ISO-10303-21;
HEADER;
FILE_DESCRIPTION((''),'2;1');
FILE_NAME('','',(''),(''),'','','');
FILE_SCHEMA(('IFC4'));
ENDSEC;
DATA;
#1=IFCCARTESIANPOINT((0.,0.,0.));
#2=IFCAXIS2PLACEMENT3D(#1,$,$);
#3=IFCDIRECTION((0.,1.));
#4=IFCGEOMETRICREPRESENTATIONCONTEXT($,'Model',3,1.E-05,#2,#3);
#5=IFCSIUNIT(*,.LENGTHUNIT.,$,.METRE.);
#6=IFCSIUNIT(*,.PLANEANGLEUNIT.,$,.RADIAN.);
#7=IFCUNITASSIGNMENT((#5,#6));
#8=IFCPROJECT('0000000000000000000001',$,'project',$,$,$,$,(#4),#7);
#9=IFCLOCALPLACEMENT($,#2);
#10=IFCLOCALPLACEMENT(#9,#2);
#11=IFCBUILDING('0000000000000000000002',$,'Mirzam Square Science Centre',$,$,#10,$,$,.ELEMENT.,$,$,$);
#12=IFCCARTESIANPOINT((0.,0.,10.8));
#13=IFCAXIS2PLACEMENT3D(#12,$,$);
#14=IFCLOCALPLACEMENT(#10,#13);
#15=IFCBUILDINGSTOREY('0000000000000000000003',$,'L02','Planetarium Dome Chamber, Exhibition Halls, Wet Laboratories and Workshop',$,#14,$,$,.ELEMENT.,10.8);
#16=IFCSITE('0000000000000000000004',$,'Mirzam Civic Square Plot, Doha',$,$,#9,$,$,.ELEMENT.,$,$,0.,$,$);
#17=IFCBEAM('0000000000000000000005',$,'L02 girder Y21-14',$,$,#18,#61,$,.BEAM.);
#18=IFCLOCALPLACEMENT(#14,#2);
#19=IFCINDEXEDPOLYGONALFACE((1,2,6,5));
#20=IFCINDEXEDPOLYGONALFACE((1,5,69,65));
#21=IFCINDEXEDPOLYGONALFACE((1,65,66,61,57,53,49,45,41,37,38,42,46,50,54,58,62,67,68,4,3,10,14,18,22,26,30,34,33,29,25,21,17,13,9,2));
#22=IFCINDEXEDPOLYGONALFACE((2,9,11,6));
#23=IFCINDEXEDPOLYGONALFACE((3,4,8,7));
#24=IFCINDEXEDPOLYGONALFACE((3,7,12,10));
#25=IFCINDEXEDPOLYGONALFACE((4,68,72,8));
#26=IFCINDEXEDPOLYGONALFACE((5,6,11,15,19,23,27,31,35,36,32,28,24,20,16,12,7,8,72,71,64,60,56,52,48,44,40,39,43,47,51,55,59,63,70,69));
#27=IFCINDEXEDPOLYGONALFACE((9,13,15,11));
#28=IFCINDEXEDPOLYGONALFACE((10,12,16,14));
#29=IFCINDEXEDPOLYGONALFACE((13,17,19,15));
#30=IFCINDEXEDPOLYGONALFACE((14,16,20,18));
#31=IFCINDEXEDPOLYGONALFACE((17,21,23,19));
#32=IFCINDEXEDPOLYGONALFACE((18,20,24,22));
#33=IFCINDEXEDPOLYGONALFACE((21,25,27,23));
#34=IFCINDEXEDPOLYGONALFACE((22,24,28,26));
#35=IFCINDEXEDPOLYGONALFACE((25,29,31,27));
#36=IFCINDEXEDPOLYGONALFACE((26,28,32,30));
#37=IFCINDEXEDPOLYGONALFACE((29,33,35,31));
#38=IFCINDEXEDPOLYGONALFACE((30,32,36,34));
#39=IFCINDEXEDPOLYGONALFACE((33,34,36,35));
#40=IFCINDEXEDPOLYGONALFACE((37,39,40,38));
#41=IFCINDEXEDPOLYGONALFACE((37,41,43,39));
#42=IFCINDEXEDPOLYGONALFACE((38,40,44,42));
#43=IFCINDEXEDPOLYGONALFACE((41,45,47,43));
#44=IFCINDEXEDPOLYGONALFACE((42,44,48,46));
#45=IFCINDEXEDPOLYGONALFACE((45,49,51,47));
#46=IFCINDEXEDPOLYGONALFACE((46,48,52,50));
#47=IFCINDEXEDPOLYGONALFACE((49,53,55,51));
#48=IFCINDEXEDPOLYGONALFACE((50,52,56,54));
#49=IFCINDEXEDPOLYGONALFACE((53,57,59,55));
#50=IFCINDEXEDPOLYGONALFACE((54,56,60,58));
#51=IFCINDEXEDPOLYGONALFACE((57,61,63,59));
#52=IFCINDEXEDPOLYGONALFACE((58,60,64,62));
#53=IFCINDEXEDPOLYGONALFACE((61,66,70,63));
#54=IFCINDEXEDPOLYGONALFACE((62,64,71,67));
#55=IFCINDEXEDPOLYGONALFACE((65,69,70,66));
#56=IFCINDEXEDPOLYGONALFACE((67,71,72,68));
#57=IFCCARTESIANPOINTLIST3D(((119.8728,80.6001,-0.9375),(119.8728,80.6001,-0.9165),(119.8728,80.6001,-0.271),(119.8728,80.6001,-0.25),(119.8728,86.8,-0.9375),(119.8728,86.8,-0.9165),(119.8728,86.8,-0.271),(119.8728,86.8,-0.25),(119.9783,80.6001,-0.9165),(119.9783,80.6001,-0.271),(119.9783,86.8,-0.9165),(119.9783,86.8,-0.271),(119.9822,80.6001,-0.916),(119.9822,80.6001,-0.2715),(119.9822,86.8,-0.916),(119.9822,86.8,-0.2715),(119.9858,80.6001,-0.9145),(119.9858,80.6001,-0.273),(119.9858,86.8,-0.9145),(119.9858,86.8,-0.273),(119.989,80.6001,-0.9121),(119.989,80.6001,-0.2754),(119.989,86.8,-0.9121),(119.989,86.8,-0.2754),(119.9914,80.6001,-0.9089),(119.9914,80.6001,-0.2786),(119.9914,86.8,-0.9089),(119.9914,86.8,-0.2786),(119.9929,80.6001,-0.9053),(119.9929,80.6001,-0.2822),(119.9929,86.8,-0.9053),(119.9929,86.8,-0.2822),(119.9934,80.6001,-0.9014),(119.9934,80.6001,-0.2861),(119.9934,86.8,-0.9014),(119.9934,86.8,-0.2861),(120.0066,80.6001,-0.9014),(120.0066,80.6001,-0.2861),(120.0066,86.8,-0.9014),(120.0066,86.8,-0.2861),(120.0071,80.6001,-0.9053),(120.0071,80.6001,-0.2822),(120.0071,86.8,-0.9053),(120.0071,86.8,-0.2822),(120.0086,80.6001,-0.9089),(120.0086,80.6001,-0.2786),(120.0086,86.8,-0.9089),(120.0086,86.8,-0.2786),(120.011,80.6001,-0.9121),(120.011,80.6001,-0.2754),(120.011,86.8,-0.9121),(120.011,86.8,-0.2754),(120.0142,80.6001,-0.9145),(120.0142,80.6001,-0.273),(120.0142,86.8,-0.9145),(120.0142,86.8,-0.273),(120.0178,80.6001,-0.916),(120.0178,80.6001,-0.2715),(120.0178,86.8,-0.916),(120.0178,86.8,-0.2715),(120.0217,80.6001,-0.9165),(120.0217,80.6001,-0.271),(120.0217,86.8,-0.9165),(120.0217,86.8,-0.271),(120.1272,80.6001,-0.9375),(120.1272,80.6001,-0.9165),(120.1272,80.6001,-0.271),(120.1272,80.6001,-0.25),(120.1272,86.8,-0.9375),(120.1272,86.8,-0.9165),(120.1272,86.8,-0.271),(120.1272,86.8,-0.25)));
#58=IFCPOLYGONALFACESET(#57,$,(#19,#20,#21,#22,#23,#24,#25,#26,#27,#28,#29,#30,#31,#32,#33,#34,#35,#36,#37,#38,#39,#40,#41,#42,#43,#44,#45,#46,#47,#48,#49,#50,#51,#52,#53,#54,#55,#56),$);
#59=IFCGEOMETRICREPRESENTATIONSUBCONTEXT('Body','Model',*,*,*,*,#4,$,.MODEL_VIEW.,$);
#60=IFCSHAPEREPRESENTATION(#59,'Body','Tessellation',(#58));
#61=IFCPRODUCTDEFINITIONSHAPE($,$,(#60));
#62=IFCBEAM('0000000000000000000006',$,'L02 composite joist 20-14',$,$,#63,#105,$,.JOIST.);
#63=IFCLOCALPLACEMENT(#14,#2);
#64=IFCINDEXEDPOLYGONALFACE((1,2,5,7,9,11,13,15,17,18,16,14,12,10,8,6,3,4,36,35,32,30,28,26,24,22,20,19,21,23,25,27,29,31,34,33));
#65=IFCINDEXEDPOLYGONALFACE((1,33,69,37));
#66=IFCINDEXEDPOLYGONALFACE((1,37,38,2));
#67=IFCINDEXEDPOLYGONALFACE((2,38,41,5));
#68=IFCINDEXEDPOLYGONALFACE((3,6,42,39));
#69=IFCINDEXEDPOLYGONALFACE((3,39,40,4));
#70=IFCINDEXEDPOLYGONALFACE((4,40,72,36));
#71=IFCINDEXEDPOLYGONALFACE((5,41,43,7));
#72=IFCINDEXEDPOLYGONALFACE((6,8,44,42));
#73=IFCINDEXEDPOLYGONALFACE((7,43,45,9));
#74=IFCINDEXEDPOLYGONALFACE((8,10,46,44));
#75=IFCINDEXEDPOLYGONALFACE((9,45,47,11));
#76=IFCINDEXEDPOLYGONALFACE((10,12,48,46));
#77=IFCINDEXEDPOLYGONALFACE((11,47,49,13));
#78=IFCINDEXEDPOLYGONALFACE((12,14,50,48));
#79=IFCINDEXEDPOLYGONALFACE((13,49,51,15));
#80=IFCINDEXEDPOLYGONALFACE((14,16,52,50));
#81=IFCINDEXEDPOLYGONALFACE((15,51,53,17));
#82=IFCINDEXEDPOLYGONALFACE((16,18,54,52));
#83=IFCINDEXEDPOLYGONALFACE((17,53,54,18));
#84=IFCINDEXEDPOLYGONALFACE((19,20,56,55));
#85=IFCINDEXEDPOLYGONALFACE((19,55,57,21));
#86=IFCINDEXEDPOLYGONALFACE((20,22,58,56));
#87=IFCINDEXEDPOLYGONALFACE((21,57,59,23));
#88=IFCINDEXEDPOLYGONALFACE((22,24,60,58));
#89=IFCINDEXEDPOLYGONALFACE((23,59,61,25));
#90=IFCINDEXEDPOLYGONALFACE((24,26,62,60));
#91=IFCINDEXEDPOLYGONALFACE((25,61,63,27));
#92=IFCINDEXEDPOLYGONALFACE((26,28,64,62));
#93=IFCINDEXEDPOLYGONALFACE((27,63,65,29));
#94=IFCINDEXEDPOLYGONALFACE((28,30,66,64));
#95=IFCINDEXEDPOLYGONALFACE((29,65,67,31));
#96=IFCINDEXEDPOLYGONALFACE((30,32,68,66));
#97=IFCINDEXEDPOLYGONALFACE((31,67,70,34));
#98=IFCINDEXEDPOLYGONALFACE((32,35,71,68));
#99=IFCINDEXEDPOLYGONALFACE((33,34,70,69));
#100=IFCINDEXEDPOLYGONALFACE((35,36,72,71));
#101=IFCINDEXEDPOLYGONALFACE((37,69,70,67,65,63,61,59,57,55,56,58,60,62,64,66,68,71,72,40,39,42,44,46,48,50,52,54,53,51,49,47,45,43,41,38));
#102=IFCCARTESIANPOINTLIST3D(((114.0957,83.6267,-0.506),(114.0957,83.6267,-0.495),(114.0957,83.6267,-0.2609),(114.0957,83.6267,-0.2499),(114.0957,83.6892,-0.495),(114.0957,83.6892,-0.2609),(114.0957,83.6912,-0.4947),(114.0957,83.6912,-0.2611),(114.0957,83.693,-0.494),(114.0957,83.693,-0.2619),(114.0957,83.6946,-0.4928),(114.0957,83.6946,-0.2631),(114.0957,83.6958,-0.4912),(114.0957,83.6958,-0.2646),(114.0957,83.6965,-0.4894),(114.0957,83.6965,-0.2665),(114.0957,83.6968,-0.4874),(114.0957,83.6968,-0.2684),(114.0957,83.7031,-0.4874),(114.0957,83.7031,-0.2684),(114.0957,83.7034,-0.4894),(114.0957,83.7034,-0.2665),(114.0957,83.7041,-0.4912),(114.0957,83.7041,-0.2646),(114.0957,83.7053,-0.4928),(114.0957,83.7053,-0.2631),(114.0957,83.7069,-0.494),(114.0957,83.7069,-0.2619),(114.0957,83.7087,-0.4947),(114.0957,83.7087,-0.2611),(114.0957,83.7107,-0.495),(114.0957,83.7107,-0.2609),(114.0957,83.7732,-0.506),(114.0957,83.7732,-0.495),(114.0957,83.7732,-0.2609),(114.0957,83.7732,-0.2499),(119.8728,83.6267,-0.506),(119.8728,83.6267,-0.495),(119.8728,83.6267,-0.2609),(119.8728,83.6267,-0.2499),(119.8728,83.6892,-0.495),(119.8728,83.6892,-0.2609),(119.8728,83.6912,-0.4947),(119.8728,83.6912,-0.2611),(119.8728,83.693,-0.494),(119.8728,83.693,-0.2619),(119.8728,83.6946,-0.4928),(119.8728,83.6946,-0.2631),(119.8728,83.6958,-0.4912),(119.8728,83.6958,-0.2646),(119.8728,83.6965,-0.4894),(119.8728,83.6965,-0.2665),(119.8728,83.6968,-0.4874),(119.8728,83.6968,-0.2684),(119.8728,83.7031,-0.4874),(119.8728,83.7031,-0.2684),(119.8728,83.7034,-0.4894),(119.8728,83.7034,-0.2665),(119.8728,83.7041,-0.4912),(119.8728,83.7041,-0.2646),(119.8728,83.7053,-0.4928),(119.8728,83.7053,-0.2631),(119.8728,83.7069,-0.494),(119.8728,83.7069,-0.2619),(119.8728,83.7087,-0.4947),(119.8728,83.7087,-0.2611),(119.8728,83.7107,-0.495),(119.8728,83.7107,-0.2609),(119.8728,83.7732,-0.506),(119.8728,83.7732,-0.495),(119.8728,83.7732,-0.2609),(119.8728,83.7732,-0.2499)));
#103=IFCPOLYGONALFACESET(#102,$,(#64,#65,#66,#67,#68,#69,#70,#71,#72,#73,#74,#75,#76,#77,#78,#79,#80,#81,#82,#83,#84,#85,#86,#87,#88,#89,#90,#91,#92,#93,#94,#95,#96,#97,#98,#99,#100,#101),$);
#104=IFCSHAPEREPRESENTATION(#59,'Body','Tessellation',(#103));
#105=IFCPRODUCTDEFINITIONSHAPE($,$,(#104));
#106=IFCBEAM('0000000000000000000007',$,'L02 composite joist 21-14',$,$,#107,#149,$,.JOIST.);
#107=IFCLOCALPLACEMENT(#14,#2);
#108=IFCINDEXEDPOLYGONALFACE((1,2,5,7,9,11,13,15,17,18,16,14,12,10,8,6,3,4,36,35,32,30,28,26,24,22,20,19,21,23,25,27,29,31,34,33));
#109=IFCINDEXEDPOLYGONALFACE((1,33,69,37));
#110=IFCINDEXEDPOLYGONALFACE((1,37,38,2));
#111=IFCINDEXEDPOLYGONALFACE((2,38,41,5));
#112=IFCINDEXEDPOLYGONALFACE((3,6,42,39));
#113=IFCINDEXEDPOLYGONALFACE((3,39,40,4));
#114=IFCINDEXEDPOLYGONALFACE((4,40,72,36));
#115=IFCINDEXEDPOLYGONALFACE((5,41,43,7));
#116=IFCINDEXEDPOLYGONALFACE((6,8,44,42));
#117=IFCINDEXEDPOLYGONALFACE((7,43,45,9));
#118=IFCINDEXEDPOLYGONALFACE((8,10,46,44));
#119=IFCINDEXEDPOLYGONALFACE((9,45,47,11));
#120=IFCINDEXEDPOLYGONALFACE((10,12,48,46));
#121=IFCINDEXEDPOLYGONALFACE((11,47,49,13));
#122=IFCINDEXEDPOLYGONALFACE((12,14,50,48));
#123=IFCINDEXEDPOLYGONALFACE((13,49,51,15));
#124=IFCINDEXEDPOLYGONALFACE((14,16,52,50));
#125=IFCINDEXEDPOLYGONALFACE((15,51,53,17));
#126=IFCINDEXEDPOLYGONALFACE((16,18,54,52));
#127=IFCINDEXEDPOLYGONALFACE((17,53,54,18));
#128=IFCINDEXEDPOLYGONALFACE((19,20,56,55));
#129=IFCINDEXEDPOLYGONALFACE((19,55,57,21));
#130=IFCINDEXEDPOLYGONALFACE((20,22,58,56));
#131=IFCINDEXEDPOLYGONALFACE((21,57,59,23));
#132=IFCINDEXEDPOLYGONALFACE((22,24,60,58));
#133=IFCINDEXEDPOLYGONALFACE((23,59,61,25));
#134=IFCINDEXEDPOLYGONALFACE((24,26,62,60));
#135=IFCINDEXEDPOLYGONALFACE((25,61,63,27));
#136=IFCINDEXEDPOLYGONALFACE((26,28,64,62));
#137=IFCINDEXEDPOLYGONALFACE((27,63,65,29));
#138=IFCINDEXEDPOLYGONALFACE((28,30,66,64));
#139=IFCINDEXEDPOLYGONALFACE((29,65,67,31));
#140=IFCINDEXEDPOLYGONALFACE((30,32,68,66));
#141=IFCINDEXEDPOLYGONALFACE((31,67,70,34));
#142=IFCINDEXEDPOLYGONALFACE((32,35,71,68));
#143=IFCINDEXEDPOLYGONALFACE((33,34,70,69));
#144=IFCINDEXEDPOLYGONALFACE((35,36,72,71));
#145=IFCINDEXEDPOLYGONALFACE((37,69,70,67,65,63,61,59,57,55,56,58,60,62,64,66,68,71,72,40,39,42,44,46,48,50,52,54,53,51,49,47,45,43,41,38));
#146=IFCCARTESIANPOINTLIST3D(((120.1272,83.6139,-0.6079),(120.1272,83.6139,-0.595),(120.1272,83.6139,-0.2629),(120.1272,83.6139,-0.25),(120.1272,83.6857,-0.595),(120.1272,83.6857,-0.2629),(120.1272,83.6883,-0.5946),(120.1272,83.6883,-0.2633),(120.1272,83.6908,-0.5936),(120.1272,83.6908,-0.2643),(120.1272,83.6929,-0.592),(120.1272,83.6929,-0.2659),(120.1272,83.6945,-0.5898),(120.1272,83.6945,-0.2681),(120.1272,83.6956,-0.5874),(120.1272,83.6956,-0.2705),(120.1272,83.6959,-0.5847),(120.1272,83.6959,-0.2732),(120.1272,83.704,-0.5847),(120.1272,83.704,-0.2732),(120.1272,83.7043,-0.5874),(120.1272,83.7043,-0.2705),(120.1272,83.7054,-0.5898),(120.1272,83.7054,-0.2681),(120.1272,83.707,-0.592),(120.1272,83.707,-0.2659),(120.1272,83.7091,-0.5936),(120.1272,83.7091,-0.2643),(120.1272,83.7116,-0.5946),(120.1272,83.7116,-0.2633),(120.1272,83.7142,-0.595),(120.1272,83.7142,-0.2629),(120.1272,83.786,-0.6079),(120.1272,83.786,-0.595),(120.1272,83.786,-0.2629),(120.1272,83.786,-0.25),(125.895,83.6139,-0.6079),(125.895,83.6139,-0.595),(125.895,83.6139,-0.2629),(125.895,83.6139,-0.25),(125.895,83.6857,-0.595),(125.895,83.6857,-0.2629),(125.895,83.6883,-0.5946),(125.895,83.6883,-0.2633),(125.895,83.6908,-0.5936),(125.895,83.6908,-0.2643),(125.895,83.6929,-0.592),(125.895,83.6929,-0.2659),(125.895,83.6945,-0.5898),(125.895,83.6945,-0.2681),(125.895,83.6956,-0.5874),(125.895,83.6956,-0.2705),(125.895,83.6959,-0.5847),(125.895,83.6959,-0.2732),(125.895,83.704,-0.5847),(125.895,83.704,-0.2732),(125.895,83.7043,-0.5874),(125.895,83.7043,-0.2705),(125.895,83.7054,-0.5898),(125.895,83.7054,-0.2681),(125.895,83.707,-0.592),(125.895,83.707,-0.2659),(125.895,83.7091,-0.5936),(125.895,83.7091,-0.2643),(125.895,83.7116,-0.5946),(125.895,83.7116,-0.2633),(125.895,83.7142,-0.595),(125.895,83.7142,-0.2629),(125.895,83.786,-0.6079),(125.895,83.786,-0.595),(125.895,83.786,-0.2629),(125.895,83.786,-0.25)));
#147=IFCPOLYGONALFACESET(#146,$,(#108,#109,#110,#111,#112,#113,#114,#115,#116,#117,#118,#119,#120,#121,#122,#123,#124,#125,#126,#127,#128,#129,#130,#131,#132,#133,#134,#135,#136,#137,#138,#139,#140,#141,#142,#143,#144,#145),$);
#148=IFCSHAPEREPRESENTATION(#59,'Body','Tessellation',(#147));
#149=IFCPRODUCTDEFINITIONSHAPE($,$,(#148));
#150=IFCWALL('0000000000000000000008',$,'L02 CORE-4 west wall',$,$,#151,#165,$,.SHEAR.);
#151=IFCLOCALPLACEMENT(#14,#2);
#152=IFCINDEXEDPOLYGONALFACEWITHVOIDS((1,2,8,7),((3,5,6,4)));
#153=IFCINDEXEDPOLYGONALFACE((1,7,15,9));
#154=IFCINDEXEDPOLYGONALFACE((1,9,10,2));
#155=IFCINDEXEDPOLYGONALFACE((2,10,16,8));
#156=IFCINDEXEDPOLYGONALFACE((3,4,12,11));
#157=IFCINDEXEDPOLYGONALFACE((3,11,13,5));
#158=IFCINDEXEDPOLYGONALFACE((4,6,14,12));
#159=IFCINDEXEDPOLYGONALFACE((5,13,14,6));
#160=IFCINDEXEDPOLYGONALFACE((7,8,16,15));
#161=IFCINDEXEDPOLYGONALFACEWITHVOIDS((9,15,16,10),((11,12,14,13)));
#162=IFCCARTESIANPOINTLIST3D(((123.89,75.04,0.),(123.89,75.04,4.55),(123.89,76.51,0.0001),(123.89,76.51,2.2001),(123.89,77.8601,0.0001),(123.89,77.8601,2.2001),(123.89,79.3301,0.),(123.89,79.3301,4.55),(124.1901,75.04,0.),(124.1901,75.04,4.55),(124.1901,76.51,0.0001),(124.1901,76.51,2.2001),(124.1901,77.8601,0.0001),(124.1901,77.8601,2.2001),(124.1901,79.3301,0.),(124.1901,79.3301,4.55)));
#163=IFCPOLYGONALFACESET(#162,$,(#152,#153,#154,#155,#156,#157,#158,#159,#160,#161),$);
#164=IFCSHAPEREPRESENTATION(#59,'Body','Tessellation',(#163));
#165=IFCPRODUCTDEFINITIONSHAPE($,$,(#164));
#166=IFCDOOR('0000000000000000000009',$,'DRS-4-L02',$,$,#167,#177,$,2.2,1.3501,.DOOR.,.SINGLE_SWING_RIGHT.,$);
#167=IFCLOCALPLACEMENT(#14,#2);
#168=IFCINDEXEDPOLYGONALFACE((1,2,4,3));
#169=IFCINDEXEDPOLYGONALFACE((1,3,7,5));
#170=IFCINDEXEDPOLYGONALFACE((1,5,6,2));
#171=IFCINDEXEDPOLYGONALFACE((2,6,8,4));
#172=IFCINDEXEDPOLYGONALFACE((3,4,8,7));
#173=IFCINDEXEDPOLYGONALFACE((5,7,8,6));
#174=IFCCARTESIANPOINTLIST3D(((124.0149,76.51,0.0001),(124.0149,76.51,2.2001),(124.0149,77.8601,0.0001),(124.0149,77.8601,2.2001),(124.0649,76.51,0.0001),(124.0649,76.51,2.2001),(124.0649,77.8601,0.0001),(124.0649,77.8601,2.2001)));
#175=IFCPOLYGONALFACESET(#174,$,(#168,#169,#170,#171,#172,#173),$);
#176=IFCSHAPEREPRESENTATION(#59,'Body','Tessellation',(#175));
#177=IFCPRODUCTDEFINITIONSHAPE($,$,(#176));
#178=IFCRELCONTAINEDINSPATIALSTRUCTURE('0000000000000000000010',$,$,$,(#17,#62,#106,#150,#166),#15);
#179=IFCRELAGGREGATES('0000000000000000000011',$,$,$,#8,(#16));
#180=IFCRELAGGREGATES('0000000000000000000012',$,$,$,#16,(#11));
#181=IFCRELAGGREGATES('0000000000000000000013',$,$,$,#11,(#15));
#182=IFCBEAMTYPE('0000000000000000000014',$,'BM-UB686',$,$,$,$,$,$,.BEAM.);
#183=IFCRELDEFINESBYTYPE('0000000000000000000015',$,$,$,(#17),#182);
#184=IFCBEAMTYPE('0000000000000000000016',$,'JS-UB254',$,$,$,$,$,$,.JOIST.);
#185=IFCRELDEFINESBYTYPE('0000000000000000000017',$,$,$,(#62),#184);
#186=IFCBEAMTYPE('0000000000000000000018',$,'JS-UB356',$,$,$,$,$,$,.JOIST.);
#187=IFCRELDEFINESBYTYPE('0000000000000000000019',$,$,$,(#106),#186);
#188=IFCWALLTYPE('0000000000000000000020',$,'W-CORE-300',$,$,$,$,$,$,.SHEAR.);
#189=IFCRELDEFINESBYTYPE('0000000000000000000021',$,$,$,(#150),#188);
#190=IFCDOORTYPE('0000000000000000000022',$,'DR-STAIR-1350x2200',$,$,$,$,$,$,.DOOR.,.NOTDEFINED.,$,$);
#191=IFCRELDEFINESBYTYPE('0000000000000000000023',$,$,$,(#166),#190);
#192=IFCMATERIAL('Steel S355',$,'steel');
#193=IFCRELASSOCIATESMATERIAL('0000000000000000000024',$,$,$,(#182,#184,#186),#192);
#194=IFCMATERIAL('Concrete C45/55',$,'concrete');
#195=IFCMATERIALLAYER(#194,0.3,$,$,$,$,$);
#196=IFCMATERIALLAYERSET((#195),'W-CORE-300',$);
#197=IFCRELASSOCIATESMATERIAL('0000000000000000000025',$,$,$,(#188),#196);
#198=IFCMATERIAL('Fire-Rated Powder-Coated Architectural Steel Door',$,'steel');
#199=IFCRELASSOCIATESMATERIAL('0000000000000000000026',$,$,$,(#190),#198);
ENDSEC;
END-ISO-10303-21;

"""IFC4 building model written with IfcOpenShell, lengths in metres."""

from ifc_helpers import new_model, si_unit, direction, frame, frame_2d, origin, origin_2d, place, context, subcontext, project, spatial, rectangle, i_section, extrude, material, layer, layer_set, material_profile, profile_set, type_object, element, fill, save


model = new_model("IFC4")

# Units and contexts
model_context = context("Model", 3, precision=1e-05, world=origin(), true_north=direction((0.0, 1.0)))
body_context = subcontext(model_context, "Body", "Model", "MODEL_VIEW")
ifc_project = project(units=[si_unit("LENGTHUNIT", "METRE"), si_unit("PLANEANGLEUNIT", "RADIAN")], contexts=[model_context])

# Site, building, storey
site_placement = place(None, origin())
site = spatial("IfcSite", under=ifc_project, at=site_placement, Name="Mirzam Civic Square Plot, Doha", CompositionType="ELEMENT", RefElevation=0.0)
building_placement = place(site_placement, origin())
building = spatial("IfcBuilding", under=site, at=building_placement, Name="Mirzam Square Science Centre", CompositionType="ELEMENT")
storey_placement = place(building_placement, frame((0.0, 0.0, 10.8)))
storey = spatial("IfcBuildingStorey", under=building, at=storey_placement, Name="L02", Description="Planetarium Dome Chamber, Exhibition Halls, Wet Laboratories and Workshop", CompositionType="ELEMENT", Elevation=10.8)

# Shared definitions
ifc_material_1 = material(Name="Steel S355", Category="steel")

# Beams
ifc_material_profile_1 = material_profile(ifc_material_1, i_section(OverallWidth=0.2544, OverallDepth=0.6875, WebThickness=0.0132, FlangeThickness=0.021, FilletRadius=0.0151, at=origin_2d()), Name="686x254x152UB")
ifc_profile_set_1 = profile_set([ifc_material_profile_1], Name="Steel S355")
beam_type_1 = type_object("IfcBeamType", Name="BM-UB686", PredefinedType="BEAM", material=ifc_profile_set_1)
beam_1_placement = place(storey_placement, frame((120.0, 80.6001, -0.5938), z_axis=(0.0, 1.0, 0.0), x_axis=(-1.0, 0.0, 0.0)))
element("IfcBeam", 1, at=beam_1_placement, inside=storey, type_object=beam_type_1, Name="L02 girder Y21-14", PredefinedType="BEAM", context=body_context, shape_type="SweptSolid", body=[
    extrude(i_section(OverallWidth=0.2544, OverallDepth=0.6875, WebThickness=0.0132, FlangeThickness=0.021, FilletRadius=0.0151, at=origin_2d()), origin(), (0.0, 0.0, 1.0), 6.2),
])
ifc_material_profile_2 = material_profile(ifc_material_1, i_section(OverallWidth=0.1465, OverallDepth=0.2561, WebThickness=0.0063, FlangeThickness=0.011, FilletRadius=0.0076, at=origin_2d()), Name="254x146x37UB")
ifc_profile_set_2 = profile_set([ifc_material_profile_2], Name="Steel S355")
beam_type_2 = type_object("IfcBeamType", Name="JS-UB254", PredefinedType="JOIST", material=ifc_profile_set_2)
beam_2_placement = place(storey_placement, frame((114.0957, 83.7, -0.3779), z_axis=(1.0, 0.0, 0.0), x_axis=(0.0, 1.0, 0.0)))
element("IfcBeam", 2, at=beam_2_placement, inside=storey, type_object=beam_type_2, Name="L02 composite joist 20-14", PredefinedType="JOIST", context=body_context, shape_type="SweptSolid", body=[
    extrude(i_section(OverallWidth=0.1465, OverallDepth=0.2561, WebThickness=0.0063, FlangeThickness=0.011, FilletRadius=0.0076, at=origin_2d()), origin(), (0.0, 0.0, 1.0), 5.7771),
])
ifc_material_profile_3 = material_profile(ifc_material_1, i_section(OverallWidth=0.1721, OverallDepth=0.3579, WebThickness=0.0081, FlangeThickness=0.0129, FilletRadius=0.0103, at=origin_2d()), Name="356x171x57UB")
ifc_profile_set_3 = profile_set([ifc_material_profile_3], Name="Steel S355")
beam_type_3 = type_object("IfcBeamType", Name="JS-UB356", PredefinedType="JOIST", material=ifc_profile_set_3)
beam_3_placement = place(storey_placement, frame((120.1272, 83.7, -0.429), z_axis=(1.0, 0.0, 0.0), x_axis=(0.0, 1.0, 0.0)))
element("IfcBeam", 3, at=beam_3_placement, inside=storey, type_object=beam_type_3, Name="L02 composite joist 21-14", PredefinedType="JOIST", context=body_context, shape_type="SweptSolid", body=[
    extrude(i_section(OverallWidth=0.1721, OverallDepth=0.3579, WebThickness=0.0081, FlangeThickness=0.0129, FilletRadius=0.0103, at=origin_2d()), origin(), (0.0, 0.0, 1.0), 5.7678),
])

# Wall, opening, door
ifc_material_2 = material(Name="Concrete C45/55", Category="concrete")
ifc_layer_1 = layer(ifc_material_2, 0.3)
ifc_layer_set_1 = layer_set([ifc_layer_1], Name="W-CORE-300")
wall_type_1 = type_object("IfcWallType", Name="W-CORE-300", PredefinedType="SHEAR", material=ifc_layer_set_1)
wall_1_placement = place(storey_placement, frame((124.04, 79.3301, 0.0), z_axis=(0.0, 0.0, 1.0), x_axis=(0.0, -1.0, 0.0)))
wall_1 = element("IfcWall", 4, at=wall_1_placement, inside=storey, type_object=wall_type_1, Name="L02 CORE-4 west wall", PredefinedType="SHEAR", context=body_context, shape_type="SweptSolid", body=[
    extrude(rectangle(XDim=4.29, YDim=0.3, at=frame_2d((2.145, 0.0))), origin(), (0.0, 0.0, 1.0), 4.55),
])
opening_1_placement = place(wall_1_placement, frame((1.47, 0.0, 0.0)))
opening_1 = element("IfcOpeningElement", 5, at=opening_1_placement, cuts=wall_1, PredefinedType="OPENING", context=body_context, shape_type="SweptSolid", body=[
    extrude(rectangle(XDim=1.3501, YDim=2.2, at=frame_2d((0.675, 1.1001))), frame((0.0, 0.1599, 0.0), z_axis=(0.0, -1.0, 0.0), x_axis=(1.0, 0.0, 0.0)), (0.0, 0.0, 1.0), 0.3201),
])
ifc_material_3 = material(Name="Fire-Rated Powder-Coated Architectural Steel Door", Category="steel")
door_type_1 = type_object("IfcDoorType", Name="DR-STAIR-1350x2200", OperationType="NOTDEFINED", PredefinedType="DOOR", material=ifc_material_3)
door_1_placement = place(opening_1_placement, origin())
door_1 = element("IfcDoor", 6, at=door_1_placement, inside=storey, type_object=door_type_1, Name="DRS-4-L02", OperationType="SINGLE_SWING_RIGHT", OverallHeight=2.2, OverallWidth=1.3501, PredefinedType="DOOR", context=body_context, shape_type="SweptSolid", body=[
    extrude(rectangle(XDim=1.3501, YDim=2.2, at=frame_2d((0.675, 1.1001))), frame((0.0, 0.0249, 0.0), z_axis=(0.0, -1.0, 0.0), x_axis=(1.0, 0.0, 0.0)), (0.0, 0.0, 1.0), 0.05),
])
fill(opening_1, door_1)

save(model, "model.ifc")
